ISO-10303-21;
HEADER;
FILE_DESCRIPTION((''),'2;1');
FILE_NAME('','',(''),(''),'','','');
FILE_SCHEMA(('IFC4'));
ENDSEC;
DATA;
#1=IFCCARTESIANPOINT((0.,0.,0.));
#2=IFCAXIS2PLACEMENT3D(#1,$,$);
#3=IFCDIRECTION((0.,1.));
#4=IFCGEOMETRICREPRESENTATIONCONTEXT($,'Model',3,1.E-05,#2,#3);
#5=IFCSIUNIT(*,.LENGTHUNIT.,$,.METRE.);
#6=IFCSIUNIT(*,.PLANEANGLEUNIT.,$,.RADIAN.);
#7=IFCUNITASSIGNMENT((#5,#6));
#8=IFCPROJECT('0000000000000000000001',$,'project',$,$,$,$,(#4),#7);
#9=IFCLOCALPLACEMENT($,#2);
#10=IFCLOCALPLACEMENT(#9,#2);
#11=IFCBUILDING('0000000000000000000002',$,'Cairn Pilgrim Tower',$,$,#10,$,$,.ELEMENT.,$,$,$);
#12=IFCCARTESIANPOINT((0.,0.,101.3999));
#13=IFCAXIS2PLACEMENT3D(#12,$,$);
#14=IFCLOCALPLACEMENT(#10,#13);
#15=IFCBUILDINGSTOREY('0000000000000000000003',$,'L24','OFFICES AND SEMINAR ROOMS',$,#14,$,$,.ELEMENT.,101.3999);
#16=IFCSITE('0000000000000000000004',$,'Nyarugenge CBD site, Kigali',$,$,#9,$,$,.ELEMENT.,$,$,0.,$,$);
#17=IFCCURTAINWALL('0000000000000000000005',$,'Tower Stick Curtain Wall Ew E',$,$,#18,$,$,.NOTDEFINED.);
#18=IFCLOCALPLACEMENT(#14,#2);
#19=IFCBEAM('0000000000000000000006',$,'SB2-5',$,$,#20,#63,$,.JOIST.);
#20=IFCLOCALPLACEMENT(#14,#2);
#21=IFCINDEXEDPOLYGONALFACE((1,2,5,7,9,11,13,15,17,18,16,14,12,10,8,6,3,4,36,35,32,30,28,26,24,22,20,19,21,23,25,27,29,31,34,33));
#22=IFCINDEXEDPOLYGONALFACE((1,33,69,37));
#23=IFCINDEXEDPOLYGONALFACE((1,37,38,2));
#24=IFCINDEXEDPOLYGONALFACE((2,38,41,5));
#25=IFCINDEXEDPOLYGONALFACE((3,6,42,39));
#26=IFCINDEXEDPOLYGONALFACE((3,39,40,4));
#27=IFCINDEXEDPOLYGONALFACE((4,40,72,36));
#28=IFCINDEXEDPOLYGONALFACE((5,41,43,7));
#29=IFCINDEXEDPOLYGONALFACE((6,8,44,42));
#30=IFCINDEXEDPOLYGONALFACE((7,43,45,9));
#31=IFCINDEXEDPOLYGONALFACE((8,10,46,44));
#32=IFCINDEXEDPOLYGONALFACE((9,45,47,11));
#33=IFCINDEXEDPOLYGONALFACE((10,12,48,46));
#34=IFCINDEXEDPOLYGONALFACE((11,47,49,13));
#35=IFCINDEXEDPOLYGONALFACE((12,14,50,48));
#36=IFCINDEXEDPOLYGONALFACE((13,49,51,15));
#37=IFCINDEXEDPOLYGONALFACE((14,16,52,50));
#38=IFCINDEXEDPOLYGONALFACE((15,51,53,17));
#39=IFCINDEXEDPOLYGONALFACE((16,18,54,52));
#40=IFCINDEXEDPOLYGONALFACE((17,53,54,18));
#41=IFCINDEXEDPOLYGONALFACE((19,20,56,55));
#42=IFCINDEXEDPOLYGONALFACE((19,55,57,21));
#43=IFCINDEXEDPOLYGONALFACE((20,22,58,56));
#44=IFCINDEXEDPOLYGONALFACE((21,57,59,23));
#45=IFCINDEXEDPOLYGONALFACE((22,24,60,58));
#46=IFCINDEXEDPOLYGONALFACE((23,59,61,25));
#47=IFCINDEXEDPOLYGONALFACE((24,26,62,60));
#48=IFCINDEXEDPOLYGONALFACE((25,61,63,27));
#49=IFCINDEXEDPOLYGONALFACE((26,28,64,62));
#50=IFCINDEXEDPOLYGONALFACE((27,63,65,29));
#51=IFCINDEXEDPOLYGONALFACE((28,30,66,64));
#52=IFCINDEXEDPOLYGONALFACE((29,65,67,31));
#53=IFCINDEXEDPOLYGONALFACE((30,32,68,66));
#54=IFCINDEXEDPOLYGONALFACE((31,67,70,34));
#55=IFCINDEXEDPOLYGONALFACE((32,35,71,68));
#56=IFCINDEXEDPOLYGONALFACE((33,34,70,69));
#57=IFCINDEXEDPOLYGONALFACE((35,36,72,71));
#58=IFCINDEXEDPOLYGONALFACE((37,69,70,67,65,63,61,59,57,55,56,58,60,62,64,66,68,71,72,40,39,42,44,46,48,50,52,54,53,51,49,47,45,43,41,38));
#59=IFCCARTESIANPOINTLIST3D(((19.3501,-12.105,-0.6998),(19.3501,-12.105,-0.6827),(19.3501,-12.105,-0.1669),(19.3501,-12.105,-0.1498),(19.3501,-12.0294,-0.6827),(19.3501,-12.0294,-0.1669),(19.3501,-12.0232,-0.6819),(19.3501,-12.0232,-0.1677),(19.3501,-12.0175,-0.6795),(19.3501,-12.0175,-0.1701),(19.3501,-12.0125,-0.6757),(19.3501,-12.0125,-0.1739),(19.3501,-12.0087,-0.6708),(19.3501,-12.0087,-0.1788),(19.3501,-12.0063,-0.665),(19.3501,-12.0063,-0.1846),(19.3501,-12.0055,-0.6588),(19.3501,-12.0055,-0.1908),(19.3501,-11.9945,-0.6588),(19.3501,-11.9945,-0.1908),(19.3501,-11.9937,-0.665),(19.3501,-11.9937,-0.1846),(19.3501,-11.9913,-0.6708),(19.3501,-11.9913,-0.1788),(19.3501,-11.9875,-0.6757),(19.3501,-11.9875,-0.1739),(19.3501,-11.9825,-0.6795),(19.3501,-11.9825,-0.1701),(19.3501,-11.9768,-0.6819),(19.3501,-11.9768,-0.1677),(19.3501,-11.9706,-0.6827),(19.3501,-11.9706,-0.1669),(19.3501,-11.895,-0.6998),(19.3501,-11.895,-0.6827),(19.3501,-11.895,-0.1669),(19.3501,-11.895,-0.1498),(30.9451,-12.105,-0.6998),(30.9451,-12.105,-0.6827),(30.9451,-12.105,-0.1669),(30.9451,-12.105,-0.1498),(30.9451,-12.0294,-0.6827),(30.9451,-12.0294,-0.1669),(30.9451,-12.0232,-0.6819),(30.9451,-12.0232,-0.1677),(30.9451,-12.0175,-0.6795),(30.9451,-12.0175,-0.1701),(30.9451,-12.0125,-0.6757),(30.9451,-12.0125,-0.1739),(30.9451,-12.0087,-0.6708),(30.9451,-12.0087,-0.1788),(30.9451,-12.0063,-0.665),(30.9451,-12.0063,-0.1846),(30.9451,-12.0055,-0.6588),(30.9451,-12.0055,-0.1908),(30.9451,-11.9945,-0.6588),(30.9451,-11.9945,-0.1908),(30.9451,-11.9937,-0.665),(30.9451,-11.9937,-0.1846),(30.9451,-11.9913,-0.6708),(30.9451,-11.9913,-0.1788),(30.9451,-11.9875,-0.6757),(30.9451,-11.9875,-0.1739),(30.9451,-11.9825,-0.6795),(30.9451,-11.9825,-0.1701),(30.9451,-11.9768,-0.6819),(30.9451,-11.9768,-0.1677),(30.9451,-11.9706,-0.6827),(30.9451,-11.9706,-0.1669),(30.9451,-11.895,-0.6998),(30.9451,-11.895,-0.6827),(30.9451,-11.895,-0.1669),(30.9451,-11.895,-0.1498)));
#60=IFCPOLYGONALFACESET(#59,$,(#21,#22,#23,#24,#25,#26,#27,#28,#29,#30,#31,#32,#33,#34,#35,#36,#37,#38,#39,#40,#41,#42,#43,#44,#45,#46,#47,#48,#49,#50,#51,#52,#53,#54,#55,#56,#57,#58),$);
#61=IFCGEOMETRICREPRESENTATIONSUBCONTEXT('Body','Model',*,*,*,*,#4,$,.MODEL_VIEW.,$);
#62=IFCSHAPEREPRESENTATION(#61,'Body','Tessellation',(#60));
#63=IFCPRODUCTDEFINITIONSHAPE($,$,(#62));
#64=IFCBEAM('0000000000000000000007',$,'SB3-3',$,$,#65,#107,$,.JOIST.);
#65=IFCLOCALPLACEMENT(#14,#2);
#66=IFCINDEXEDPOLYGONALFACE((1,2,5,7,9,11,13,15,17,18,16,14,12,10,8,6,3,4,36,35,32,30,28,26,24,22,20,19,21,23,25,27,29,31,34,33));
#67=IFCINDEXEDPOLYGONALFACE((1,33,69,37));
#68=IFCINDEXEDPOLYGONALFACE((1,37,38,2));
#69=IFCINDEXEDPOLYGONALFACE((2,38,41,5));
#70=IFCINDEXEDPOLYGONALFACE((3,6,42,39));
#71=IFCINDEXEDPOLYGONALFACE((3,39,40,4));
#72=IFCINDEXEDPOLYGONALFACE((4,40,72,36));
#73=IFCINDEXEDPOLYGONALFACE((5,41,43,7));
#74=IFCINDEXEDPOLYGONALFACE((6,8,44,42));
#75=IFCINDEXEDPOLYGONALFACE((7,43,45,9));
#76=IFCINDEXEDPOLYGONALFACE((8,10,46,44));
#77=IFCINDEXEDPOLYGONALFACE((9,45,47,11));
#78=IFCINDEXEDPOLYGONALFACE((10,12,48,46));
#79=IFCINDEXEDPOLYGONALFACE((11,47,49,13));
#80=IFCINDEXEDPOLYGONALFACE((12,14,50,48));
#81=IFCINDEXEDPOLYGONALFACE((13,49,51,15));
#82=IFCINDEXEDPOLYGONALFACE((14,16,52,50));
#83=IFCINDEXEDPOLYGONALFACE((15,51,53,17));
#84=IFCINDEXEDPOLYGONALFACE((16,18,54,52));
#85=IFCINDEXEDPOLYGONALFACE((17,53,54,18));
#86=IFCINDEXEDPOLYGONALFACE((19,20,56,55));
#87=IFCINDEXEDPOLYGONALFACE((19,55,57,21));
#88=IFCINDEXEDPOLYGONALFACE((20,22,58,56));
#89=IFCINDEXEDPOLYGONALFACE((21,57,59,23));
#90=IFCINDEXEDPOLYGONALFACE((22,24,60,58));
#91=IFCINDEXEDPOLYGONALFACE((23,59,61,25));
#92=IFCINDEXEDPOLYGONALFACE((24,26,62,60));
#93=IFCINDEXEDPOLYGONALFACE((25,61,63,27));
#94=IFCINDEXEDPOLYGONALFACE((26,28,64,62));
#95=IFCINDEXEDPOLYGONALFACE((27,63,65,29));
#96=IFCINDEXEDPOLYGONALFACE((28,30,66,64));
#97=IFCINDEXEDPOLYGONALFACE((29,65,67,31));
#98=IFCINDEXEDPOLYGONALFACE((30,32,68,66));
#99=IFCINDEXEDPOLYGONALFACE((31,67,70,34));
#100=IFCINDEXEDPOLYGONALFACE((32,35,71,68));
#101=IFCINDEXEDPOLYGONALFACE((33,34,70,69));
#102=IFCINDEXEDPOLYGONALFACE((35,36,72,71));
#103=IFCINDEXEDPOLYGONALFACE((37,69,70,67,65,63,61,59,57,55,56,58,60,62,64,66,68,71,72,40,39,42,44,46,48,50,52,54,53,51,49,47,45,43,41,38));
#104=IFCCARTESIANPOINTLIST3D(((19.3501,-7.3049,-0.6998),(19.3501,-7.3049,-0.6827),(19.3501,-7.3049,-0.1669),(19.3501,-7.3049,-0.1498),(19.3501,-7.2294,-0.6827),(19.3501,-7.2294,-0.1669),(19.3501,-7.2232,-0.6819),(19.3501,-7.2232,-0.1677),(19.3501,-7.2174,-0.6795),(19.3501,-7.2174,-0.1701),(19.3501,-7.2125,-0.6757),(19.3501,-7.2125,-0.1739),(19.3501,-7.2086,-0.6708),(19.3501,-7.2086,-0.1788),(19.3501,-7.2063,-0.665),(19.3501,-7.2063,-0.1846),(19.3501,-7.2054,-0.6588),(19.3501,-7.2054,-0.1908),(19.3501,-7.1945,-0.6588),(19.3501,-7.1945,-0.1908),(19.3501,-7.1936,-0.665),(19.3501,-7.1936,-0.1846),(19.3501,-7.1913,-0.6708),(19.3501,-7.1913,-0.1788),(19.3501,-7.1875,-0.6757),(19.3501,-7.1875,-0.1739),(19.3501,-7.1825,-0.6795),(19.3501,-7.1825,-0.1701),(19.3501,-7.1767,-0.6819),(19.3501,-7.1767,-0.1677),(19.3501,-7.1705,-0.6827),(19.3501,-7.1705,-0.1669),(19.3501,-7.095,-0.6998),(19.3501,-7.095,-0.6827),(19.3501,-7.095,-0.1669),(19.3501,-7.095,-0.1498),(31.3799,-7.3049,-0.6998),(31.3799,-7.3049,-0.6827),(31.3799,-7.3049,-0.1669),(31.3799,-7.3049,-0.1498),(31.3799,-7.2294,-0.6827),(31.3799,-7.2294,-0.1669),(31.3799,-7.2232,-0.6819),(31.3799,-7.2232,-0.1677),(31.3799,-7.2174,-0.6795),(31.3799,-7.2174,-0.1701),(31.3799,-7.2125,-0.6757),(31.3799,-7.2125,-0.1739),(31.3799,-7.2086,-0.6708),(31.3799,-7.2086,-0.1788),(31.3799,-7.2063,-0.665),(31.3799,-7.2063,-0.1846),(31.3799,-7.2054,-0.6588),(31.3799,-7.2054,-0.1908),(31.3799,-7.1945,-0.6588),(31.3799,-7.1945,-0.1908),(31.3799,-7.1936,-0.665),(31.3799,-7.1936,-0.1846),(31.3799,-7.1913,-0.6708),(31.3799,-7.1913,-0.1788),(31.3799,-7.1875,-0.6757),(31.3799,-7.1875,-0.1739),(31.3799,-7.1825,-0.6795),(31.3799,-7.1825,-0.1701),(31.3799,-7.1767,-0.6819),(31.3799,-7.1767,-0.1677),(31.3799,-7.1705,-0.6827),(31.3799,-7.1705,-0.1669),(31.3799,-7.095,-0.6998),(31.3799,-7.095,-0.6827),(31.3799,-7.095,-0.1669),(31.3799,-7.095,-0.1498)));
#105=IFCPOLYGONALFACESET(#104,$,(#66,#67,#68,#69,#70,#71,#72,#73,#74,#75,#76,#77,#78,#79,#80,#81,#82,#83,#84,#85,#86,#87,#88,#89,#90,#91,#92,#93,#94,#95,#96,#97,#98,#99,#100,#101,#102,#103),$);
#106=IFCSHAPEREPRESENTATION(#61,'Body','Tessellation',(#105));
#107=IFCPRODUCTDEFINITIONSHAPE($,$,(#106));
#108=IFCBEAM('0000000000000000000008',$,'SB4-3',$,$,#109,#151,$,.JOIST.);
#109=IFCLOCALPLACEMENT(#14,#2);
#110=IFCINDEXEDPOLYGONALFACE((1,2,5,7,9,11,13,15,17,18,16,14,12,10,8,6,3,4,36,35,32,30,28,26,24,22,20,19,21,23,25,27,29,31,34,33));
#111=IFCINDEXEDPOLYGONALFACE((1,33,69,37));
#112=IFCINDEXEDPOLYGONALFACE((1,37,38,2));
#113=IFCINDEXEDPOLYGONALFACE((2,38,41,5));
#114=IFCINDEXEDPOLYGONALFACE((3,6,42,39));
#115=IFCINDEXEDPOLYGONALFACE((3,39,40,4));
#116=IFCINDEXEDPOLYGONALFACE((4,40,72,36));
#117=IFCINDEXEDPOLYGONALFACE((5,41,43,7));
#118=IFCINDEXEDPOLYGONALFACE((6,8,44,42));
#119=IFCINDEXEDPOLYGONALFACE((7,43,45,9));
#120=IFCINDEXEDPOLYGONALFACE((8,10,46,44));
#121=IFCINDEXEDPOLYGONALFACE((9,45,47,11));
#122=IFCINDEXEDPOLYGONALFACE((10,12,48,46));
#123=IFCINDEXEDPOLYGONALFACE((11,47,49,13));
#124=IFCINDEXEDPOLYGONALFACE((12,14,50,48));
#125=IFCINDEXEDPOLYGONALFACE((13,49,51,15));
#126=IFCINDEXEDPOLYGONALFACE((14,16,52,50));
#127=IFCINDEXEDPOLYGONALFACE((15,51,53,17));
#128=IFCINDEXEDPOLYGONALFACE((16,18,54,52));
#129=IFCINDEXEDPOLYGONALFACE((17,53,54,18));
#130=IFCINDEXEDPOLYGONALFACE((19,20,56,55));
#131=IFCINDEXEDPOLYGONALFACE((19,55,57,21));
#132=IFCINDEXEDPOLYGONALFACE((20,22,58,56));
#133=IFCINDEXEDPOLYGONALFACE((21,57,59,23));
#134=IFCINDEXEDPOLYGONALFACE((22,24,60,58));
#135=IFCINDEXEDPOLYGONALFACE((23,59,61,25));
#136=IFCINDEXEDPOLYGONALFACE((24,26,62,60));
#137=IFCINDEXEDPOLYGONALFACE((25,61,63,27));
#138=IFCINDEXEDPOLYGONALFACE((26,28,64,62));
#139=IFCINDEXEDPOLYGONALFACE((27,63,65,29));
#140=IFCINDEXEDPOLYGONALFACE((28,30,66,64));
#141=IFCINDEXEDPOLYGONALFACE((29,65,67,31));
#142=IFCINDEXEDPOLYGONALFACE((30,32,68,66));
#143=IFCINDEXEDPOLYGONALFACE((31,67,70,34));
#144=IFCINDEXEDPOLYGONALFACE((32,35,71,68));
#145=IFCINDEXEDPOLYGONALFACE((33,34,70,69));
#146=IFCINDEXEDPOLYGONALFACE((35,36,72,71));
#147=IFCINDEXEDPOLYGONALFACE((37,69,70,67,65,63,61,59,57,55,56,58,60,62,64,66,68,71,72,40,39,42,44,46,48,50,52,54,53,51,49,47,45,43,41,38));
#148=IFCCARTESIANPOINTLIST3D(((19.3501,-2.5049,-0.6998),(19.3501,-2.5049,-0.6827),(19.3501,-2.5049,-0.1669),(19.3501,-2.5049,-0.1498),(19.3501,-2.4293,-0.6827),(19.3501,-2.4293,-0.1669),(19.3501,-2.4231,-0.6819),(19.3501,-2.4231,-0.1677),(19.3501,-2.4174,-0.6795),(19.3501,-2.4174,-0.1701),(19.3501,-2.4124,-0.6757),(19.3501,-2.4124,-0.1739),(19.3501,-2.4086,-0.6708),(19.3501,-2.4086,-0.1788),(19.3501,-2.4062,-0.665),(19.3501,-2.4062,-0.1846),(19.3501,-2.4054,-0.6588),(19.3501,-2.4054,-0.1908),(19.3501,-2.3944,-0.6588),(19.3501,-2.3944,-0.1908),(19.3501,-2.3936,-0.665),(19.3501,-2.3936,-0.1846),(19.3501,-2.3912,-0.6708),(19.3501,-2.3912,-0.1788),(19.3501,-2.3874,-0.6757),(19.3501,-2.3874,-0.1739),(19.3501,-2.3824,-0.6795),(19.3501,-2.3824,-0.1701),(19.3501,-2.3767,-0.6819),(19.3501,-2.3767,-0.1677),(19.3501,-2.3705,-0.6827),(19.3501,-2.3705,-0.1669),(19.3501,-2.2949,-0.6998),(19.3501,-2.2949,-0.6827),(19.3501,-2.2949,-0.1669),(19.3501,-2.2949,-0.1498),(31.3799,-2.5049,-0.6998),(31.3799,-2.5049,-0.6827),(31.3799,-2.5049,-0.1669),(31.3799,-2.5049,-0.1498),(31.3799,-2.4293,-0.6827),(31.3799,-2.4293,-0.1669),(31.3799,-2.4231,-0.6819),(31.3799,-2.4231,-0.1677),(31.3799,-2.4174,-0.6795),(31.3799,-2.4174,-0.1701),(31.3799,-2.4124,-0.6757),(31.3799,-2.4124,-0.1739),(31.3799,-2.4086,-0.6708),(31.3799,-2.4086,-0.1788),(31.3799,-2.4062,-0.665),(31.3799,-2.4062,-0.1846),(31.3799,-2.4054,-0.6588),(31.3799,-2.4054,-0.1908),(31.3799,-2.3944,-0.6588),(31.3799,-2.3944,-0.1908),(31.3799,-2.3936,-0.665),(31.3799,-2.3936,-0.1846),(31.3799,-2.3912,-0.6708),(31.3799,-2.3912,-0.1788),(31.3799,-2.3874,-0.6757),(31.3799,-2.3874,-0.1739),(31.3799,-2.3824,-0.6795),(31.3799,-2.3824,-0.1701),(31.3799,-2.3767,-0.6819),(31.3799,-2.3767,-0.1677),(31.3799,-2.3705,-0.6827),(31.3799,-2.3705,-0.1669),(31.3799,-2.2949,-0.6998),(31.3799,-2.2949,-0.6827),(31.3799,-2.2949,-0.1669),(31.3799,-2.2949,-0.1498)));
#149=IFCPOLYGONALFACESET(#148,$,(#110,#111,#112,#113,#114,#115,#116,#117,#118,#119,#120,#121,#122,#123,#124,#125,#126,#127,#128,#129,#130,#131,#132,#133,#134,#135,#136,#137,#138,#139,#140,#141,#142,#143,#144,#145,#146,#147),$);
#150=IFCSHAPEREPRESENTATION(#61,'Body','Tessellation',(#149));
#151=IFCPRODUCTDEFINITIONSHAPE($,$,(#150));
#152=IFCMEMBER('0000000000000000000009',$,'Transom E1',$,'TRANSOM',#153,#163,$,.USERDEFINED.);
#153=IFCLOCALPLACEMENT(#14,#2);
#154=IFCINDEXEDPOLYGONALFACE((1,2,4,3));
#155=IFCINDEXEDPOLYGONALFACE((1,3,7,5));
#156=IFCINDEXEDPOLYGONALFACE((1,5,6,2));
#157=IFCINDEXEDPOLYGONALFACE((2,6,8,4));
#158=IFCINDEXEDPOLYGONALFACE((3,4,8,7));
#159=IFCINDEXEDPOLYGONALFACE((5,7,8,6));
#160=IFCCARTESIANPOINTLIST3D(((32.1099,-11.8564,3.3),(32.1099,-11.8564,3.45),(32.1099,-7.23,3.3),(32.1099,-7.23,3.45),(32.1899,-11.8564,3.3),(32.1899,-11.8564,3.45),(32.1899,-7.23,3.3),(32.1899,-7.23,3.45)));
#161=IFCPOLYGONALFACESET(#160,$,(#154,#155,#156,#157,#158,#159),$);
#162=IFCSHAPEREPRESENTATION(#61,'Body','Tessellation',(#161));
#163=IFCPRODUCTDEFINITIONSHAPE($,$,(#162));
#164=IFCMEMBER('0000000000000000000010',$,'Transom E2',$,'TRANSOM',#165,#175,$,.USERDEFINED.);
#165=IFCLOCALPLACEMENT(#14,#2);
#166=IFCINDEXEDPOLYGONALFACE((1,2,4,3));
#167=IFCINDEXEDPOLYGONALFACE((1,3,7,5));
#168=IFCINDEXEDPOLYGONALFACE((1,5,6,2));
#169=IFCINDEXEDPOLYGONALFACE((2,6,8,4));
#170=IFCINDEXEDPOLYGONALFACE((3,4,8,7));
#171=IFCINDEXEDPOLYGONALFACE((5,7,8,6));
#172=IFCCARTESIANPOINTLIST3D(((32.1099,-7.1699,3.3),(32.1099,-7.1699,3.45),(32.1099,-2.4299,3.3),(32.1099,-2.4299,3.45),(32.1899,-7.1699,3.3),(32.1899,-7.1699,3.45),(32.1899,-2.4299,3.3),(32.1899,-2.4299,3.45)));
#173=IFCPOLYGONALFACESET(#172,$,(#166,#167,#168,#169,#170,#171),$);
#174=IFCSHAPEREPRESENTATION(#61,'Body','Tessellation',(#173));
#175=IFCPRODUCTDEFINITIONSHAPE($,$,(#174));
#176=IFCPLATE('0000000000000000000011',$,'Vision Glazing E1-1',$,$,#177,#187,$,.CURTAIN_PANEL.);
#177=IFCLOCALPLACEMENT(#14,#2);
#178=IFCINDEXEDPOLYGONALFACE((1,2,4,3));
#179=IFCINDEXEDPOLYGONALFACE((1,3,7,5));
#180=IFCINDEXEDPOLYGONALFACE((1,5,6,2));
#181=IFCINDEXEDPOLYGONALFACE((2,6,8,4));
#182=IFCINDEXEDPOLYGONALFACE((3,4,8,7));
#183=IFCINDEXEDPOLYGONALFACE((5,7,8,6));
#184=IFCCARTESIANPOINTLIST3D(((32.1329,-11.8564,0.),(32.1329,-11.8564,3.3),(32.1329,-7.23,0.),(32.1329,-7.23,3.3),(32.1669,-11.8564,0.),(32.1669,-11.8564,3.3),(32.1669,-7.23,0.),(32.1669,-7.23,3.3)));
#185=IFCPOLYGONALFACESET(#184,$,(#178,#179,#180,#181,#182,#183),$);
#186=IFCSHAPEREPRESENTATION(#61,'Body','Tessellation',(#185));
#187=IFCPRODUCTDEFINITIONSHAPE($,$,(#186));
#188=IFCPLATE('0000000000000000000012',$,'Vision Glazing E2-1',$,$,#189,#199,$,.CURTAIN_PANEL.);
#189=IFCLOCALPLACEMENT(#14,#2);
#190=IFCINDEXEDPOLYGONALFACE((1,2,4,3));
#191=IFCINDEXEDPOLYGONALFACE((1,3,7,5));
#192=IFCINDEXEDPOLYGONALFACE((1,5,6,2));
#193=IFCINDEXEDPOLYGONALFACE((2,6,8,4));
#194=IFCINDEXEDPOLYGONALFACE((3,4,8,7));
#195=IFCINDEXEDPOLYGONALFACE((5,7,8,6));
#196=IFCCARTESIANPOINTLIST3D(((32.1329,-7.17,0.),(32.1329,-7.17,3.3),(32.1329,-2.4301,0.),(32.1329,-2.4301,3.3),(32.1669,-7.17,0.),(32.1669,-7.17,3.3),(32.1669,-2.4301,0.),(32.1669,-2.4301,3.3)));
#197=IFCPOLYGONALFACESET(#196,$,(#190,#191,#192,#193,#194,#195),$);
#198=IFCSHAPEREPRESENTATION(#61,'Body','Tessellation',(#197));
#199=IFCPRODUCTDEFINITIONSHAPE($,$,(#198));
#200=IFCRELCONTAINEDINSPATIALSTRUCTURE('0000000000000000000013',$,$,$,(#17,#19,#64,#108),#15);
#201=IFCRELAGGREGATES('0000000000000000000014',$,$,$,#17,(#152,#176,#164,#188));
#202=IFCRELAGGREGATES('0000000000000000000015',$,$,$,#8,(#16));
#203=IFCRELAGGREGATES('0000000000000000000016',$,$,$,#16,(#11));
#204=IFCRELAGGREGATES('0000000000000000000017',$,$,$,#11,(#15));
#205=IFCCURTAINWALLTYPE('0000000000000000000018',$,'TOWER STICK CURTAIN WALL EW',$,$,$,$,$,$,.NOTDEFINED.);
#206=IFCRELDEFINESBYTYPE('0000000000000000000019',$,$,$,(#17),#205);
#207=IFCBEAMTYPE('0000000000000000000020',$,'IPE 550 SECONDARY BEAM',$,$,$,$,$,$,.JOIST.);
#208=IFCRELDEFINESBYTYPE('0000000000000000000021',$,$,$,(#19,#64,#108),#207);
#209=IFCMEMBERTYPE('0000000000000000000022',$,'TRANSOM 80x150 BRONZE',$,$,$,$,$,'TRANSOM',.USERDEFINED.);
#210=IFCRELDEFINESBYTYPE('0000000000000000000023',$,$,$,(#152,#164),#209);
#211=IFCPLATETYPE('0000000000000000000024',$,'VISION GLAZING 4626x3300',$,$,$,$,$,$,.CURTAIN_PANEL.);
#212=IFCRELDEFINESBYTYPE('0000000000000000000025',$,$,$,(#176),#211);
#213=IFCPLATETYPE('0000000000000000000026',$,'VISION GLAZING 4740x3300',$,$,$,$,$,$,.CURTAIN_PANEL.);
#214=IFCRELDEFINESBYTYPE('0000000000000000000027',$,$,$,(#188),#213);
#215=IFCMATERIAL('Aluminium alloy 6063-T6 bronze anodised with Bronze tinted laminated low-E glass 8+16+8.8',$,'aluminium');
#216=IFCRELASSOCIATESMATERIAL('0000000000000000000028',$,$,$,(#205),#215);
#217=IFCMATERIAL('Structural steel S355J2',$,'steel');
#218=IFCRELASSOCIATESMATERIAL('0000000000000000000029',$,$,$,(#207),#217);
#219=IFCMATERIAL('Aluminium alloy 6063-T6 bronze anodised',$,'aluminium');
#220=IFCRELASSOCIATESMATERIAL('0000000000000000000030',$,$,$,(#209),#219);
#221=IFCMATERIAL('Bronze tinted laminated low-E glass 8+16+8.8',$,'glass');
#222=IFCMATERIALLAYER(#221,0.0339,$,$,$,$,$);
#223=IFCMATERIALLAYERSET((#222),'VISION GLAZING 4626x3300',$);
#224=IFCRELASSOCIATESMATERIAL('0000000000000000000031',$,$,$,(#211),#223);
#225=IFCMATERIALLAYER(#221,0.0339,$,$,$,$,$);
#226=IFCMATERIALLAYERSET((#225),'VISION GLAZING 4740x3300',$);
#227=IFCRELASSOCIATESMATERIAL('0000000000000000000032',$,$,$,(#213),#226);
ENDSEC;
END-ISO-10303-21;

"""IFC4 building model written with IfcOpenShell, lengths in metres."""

from ifc_helpers import new_model, si_unit, direction, frame, origin, origin_2d, place, context, subcontext, project, spatial, rectangle, i_section, extrude, material, layer, layer_set, material_profile, profile_set, type_object, element, aggregate, save


model = new_model("IFC4")

# Units and contexts
model_context = context("Model", 3, precision=1e-05, world=origin(), true_north=direction((0.0, 1.0)))
body_context = subcontext(model_context, "Body", "Model", "MODEL_VIEW")
ifc_project = project(units=[si_unit("LENGTHUNIT", "METRE"), si_unit("PLANEANGLEUNIT", "RADIAN")], contexts=[model_context])

# Site, building, storey
site_placement = place(None, origin())
site = spatial("IfcSite", under=ifc_project, at=site_placement, Name="Nyarugenge CBD site, Kigali", CompositionType="ELEMENT", RefElevation=0.0)
building_placement = place(site_placement, origin())
building = spatial("IfcBuilding", under=site, at=building_placement, Name="Cairn Pilgrim Tower", CompositionType="ELEMENT")
storey_placement = place(building_placement, frame((0.0, 0.0, 101.3999)))
storey = spatial("IfcBuildingStorey", under=building, at=storey_placement, Name="L24", Description="OFFICES AND SEMINAR ROOMS", CompositionType="ELEMENT", Elevation=101.3999)

# Curtain wall
ifc_material_1 = material(Name="Aluminium alloy 6063-T6 bronze anodised with Bronze tinted laminated low-E glass 8+16+8.8", Category="aluminium")
curtain_wall_type = type_object("IfcCurtainWallType", Name="TOWER STICK CURTAIN WALL EW", PredefinedType="NOTDEFINED", material=ifc_material_1)
curtain_wall_placement = place(storey_placement, origin())
curtain_wall = element("IfcCurtainWall", 1, at=curtain_wall_placement, inside=storey, type_object=curtain_wall_type, Name="Tower Stick Curtain Wall Ew E", PredefinedType="NOTDEFINED")
ifc_material_2 = material(Name="Aluminium alloy 6063-T6 bronze anodised", Category="aluminium")

# Beams
ifc_material_3 = material(Name="Structural steel S355J2", Category="steel")
ifc_material_profile_1 = material_profile(ifc_material_3, i_section(OverallWidth=0.21, OverallDepth=0.55, WebThickness=0.011, FlangeThickness=0.0171, FilletRadius=0.0239, at=origin_2d()), Name="IPE 550")
ifc_profile_set_1 = profile_set([ifc_material_profile_1], Name="Structural steel S355J2")
beam_type_1 = type_object("IfcBeamType", Name="IPE 550 SECONDARY BEAM", PredefinedType="JOIST", material=ifc_profile_set_1)
beam_1_placement = place(storey_placement, frame((19.3501, -12.0, -0.4248), z_axis=(1.0, 0.0, 0.0), x_axis=(0.0, 1.0, 0.0)))
element("IfcBeam", 2, at=beam_1_placement, inside=storey, type_object=beam_type_1, Name="SB2-5", PredefinedType="JOIST", context=body_context, shape_type="SweptSolid", body=[
    extrude(i_section(OverallWidth=0.21, OverallDepth=0.55, WebThickness=0.011, FlangeThickness=0.0171, FilletRadius=0.0239, at=origin_2d()), origin(), (0.0, 0.0, 1.0), 11.595),
])
for number, where, z_axis, x_axis, name in (
    (3, (19.3501, -7.2, -0.4248), (1.0, 0.0, 0.0), (0.0, 1.0, 0.0), "SB3-3"),
    (4, (19.3501, -2.3999, -0.4248), (1.0, 0.0, 0.0), (0.0, 1.0, 0.0), "SB4-3"),
):
    element("IfcBeam", number, at=place(storey_placement, frame(where, z_axis=z_axis, x_axis=x_axis)), inside=storey, type_object=beam_type_1, Name=name, PredefinedType="JOIST", context=body_context, shape_type="SweptSolid", body=[
        extrude(i_section(OverallWidth=0.21, OverallDepth=0.55, WebThickness=0.011, FlangeThickness=0.0171, FilletRadius=0.0239, at=origin_2d()), origin(), (0.0, 0.0, 1.0), 12.0298),
    ])

# Members
ifc_material_profile_2 = material_profile(ifc_material_2, rectangle(XDim=0.0801, YDim=0.1499, at=origin_2d()), Name="TRANSOM 80x150 BRONZE")
ifc_profile_set_2 = profile_set([ifc_material_profile_2], Name="Aluminium alloy 6063-T6 bronze anodised")
member_type_1 = type_object("IfcMemberType", Name="TRANSOM 80x150 BRONZE", ElementType="TRANSOM", PredefinedType="USERDEFINED", material=ifc_profile_set_2)
member_1_placement = place(storey_placement, frame((32.1499, -11.8564, 3.375), z_axis=(0.0, 1.0, 0.0), x_axis=(-1.0, 0.0, 0.0)))
member_1 = element("IfcMember", 5, at=member_1_placement, type_object=member_type_1, Name="Transom E1", ObjectType="TRANSOM", PredefinedType="USERDEFINED", context=body_context, shape_type="SweptSolid", body=[
    extrude(rectangle(XDim=0.0801, YDim=0.1499, at=origin_2d()), origin(), (0.0, 0.0, 1.0), 4.6265),
])
member_2_placement = place(storey_placement, frame((32.1499, -7.1699, 3.375), z_axis=(0.0, 1.0, 0.0), x_axis=(-1.0, 0.0, 0.0)))
member_2 = element("IfcMember", 6, at=member_2_placement, type_object=member_type_1, Name="Transom E2", ObjectType="TRANSOM", PredefinedType="USERDEFINED", context=body_context, shape_type="SweptSolid", body=[
    extrude(rectangle(XDim=0.0801, YDim=0.1499, at=origin_2d()), origin(), (0.0, 0.0, 1.0), 4.74),
])

# Plates
ifc_material_4 = material(Name="Bronze tinted laminated low-E glass 8+16+8.8", Category="glass")
ifc_layer_1 = layer(ifc_material_4, 0.0339)
ifc_layer_set_1 = layer_set([ifc_layer_1], Name="VISION GLAZING 4626x3300")
plate_type_1 = type_object("IfcPlateType", Name="VISION GLAZING 4626x3300", PredefinedType="CURTAIN_PANEL", material=ifc_layer_set_1)
plate_1_placement = place(storey_placement, frame((32.1499, -9.5432, 0.0), z_axis=(0.0, 0.0, 1.0), x_axis=(0.0, 1.0, 0.0)))
plate_1 = element("IfcPlate", 7, at=plate_1_placement, type_object=plate_type_1, Name="Vision Glazing E1-1", PredefinedType="CURTAIN_PANEL", context=body_context, shape_type="SweptSolid", body=[
    extrude(rectangle(XDim=4.6265, YDim=0.0339, at=origin_2d()), origin(), (0.0, 0.0, 1.0), 3.3),
])
ifc_layer_2 = layer(ifc_material_4, 0.0339)
ifc_layer_set_2 = layer_set([ifc_layer_2], Name="VISION GLAZING 4740x3300")
plate_type_2 = type_object("IfcPlateType", Name="VISION GLAZING 4740x3300", PredefinedType="CURTAIN_PANEL", material=ifc_layer_set_2)
plate_2_placement = place(storey_placement, frame((32.1499, -4.8, 0.0), z_axis=(0.0, 0.0, 1.0), x_axis=(0.0, 1.0, 0.0)))
plate_2 = element("IfcPlate", 8, at=plate_2_placement, type_object=plate_type_2, Name="Vision Glazing E2-1", PredefinedType="CURTAIN_PANEL", context=body_context, shape_type="SweptSolid", body=[
    extrude(rectangle(XDim=4.74, YDim=0.0339, at=origin_2d()), origin(), (0.0, 0.0, 1.0), 3.3),
])
aggregate(curtain_wall, [member_1, plate_1, member_2, plate_2])

save(model, "model.ifc")
